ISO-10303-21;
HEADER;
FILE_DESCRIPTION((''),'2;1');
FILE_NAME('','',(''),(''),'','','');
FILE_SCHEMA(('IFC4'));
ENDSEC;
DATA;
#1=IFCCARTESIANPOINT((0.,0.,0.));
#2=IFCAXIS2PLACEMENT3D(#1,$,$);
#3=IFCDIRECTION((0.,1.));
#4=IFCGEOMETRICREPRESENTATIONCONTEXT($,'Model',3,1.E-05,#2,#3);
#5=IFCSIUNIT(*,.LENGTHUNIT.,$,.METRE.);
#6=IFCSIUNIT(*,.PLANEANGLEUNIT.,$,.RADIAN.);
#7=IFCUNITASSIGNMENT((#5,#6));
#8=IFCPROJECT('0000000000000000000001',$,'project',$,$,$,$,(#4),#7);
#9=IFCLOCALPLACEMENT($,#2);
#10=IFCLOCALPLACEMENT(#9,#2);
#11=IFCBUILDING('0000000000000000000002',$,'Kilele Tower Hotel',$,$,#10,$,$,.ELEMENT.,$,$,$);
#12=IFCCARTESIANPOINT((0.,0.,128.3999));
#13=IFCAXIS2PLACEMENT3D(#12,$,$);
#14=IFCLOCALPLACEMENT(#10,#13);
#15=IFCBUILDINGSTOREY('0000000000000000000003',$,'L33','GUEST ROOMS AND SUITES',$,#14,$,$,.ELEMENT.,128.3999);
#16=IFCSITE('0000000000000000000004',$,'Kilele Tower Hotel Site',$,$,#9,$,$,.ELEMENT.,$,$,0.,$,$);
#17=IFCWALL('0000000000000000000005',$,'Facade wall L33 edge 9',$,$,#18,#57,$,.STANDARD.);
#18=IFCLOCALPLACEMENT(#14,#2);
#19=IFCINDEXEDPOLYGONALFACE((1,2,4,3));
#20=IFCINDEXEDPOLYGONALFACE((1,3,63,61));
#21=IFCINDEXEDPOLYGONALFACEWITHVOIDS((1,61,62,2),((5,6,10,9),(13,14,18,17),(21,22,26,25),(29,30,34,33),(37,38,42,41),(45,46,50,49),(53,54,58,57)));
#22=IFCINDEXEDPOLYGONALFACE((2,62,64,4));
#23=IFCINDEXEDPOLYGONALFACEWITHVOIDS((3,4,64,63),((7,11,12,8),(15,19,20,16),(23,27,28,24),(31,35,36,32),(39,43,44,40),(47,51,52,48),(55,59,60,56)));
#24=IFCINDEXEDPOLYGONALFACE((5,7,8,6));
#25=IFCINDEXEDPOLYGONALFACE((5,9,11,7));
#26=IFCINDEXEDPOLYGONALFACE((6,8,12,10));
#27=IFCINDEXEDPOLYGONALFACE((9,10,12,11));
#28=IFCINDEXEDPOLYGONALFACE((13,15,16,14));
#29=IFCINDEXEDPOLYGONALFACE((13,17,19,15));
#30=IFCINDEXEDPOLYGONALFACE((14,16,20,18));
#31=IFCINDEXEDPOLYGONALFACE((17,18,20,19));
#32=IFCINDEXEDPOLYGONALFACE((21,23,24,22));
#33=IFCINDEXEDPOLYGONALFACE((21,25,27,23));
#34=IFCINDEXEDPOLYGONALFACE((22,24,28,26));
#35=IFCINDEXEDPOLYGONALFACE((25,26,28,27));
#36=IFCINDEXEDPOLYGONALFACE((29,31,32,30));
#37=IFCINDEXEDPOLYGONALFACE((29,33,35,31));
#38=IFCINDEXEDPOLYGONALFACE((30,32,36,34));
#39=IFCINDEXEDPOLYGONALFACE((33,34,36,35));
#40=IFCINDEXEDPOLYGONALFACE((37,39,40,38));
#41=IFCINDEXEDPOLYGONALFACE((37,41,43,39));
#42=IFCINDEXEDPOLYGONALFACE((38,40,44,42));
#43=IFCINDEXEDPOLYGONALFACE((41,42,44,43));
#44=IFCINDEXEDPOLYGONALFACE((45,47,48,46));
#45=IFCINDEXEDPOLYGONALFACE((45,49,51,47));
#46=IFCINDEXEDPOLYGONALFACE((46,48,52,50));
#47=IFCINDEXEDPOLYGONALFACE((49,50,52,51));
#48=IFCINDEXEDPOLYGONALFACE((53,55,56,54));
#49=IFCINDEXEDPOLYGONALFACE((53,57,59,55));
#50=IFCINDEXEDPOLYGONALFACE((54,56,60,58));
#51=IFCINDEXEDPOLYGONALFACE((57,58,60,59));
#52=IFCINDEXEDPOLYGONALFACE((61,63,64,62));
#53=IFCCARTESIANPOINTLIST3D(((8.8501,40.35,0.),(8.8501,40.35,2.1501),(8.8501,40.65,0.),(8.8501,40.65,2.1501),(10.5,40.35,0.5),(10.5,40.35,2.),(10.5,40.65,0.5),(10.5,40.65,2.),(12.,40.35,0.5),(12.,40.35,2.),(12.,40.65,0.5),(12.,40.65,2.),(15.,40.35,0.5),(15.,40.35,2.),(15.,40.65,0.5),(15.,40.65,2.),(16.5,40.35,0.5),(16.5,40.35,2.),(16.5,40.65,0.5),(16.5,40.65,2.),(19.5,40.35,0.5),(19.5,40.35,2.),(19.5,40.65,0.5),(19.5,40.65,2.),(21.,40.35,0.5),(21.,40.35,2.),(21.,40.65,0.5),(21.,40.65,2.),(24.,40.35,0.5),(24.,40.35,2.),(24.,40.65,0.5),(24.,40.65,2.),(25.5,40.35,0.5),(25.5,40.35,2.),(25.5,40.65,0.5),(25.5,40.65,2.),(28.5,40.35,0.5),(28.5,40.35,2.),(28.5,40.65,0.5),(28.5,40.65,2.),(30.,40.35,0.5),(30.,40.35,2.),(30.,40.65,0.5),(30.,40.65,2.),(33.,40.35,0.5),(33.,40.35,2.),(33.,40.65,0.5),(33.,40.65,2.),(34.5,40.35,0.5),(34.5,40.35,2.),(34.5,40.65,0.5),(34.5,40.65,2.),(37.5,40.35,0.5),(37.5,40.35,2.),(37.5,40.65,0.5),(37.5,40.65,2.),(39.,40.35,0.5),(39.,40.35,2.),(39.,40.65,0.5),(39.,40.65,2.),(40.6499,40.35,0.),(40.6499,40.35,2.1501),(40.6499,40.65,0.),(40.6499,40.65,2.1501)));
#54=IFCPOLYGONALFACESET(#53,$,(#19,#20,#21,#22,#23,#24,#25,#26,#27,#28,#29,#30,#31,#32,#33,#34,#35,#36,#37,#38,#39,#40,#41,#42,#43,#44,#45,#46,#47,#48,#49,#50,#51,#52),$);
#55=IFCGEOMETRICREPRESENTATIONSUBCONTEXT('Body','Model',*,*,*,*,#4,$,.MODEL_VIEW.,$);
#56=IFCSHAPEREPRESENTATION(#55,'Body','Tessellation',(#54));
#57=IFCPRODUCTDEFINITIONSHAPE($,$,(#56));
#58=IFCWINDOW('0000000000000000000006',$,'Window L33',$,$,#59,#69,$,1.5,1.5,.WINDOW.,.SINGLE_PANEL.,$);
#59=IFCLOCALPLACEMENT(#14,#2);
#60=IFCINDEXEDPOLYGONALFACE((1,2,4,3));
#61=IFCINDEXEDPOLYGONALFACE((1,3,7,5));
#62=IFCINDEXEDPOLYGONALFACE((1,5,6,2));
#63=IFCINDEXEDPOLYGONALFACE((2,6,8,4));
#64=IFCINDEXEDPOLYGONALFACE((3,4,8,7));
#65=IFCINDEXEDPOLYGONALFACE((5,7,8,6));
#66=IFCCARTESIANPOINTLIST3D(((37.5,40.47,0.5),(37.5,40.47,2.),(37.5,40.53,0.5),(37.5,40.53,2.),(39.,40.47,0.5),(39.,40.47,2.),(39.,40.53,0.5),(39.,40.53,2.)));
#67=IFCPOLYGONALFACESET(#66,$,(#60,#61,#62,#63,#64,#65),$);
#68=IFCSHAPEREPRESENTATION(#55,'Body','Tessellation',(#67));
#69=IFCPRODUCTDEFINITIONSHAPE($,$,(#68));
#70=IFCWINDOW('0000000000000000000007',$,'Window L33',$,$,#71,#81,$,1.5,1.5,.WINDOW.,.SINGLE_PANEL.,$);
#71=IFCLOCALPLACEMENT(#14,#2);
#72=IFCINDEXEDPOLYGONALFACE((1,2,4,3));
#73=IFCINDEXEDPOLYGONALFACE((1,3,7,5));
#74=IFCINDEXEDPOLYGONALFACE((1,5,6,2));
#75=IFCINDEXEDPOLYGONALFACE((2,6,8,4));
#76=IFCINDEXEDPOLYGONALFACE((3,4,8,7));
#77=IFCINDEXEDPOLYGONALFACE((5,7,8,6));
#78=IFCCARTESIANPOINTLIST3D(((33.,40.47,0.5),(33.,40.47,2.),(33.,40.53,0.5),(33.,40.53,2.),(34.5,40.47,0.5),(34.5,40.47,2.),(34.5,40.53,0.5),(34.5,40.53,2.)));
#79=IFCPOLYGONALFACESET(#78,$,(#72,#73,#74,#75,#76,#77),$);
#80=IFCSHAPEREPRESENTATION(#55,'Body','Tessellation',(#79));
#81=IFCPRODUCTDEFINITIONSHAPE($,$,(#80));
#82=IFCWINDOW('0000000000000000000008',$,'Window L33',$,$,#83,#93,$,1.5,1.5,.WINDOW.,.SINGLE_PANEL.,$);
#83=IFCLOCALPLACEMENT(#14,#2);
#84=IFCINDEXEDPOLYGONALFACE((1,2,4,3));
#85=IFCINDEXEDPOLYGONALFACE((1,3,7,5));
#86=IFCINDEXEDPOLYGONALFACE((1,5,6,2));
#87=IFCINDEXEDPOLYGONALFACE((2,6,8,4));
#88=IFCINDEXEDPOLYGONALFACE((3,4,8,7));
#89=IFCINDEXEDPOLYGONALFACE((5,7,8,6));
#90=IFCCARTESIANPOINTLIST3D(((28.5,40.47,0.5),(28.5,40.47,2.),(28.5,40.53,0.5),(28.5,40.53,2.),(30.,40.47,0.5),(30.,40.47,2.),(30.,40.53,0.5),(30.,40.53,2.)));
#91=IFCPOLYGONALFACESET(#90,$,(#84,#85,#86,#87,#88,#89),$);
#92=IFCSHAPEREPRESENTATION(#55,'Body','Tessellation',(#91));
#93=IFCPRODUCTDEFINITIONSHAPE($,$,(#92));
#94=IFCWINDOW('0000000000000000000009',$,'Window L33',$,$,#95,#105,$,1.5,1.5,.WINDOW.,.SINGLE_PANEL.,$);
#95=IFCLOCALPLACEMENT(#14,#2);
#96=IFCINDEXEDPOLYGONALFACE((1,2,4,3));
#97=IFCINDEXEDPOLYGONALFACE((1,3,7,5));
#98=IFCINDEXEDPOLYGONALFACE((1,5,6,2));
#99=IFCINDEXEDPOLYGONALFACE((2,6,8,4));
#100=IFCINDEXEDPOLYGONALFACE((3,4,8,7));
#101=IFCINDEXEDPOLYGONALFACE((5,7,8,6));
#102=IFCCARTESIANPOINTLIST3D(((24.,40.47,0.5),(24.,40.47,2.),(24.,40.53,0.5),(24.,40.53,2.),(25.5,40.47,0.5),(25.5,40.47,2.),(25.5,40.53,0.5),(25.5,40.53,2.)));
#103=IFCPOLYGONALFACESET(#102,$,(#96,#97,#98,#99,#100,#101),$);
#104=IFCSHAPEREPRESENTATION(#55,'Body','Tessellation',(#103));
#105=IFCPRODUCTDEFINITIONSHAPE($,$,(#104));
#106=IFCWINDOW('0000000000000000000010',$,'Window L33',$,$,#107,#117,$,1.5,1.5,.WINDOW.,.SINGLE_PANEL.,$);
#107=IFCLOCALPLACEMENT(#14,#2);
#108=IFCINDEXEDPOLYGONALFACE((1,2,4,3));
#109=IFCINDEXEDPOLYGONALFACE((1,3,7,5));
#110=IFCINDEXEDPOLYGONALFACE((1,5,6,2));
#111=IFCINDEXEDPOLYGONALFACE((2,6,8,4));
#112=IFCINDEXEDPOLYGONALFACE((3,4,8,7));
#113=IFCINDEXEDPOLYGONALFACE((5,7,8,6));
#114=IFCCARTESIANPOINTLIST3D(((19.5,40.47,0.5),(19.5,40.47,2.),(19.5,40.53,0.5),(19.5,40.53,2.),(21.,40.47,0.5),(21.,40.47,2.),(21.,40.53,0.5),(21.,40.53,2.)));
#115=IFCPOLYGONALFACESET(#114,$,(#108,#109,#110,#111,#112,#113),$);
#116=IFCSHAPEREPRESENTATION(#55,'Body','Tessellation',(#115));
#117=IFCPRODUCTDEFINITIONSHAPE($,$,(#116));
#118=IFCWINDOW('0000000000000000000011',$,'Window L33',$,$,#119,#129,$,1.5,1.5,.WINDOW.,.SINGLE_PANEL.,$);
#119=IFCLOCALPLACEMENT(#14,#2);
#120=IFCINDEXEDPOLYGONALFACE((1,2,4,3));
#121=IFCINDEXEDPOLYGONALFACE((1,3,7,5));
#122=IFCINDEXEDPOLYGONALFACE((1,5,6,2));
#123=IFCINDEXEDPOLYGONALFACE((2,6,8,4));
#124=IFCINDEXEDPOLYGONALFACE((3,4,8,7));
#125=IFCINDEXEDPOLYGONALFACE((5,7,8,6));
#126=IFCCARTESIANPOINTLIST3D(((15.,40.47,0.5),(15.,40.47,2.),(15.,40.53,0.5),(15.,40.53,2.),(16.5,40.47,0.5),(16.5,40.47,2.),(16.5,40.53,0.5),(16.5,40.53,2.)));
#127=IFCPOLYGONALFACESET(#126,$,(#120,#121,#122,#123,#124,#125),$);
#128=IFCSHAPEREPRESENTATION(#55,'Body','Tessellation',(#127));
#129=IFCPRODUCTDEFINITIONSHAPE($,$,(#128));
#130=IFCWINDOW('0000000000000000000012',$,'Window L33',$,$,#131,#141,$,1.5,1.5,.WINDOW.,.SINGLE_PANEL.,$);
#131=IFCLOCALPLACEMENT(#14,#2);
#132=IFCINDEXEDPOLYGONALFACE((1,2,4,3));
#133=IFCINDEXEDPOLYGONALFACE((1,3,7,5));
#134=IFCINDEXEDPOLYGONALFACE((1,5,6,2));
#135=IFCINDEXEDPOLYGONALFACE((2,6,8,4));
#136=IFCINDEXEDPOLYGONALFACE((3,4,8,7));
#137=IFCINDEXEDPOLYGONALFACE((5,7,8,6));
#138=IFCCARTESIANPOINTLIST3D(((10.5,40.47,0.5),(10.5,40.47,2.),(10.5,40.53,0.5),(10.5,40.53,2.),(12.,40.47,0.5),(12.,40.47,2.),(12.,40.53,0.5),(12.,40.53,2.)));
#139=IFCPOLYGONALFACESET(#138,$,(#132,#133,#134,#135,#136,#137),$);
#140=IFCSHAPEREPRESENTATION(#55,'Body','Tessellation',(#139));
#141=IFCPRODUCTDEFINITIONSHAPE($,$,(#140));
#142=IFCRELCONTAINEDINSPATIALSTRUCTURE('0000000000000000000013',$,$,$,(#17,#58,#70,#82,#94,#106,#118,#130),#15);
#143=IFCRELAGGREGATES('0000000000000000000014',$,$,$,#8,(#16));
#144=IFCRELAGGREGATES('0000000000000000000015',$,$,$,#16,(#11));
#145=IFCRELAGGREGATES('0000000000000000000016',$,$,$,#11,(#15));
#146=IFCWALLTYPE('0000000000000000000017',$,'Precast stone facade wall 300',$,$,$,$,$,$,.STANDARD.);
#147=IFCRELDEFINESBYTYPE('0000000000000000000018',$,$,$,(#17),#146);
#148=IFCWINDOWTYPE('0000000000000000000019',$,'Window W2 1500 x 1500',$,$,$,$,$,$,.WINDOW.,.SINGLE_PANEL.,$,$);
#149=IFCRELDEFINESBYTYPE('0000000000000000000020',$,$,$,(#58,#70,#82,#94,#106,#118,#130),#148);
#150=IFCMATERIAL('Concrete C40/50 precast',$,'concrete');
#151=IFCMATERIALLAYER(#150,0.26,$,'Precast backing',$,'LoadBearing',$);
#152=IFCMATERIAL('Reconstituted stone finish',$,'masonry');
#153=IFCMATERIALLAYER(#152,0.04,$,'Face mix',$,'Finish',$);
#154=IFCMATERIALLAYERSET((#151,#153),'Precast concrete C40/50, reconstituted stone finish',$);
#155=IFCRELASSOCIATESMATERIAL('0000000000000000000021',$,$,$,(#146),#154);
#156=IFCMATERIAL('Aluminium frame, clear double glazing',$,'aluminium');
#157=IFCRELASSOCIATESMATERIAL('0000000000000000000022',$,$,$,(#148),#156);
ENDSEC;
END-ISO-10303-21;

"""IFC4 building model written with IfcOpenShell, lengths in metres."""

from ifc_helpers import new_model, si_unit, direction, frame, frame_2d, origin, place, context, subcontext, project, spatial, rectangle, extrude, material, layer, layer_set, type_object, element, fill, save


model = new_model("IFC4")

# Units and contexts
model_context = context("Model", 3, precision=1e-05, world=origin(), true_north=direction((0.0, 1.0)))
body_context = subcontext(model_context, "Body", "Model", "MODEL_VIEW")
ifc_project = project(units=[si_unit("LENGTHUNIT", "METRE"), si_unit("PLANEANGLEUNIT", "RADIAN")], contexts=[model_context])

# Site, building, storey
site_placement = place(None, origin())
site = spatial("IfcSite", under=ifc_project, at=site_placement, Name="Kilele Tower Hotel Site", CompositionType="ELEMENT", RefElevation=0.0)
building_placement = place(site_placement, origin())
building = spatial("IfcBuilding", under=site, at=building_placement, Name="Kilele Tower Hotel", CompositionType="ELEMENT")
storey_placement = place(building_placement, frame((0.0, 0.0, 128.3999)))
storey = spatial("IfcBuildingStorey", under=building, at=storey_placement, Name="L33", Description="GUEST ROOMS AND SUITES", CompositionType="ELEMENT", Elevation=128.3999)

# Shared definitions
ifc_material_1 = material(Name="Concrete C40/50 precast", Category="concrete")
ifc_layer_1 = layer(ifc_material_1, 0.26, Name="Precast backing", Category="LoadBearing")
ifc_material_2 = material(Name="Reconstituted stone finish", Category="masonry")
ifc_layer_2 = layer(ifc_material_2, 0.04, Name="Face mix", Category="Finish")
ifc_layer_set_1 = layer_set([ifc_layer_1, ifc_layer_2], Name="Precast concrete C40/50, reconstituted stone finish")
wall_type_1 = type_object("IfcWallType", Name="Precast stone facade wall 300", PredefinedType="STANDARD", material=ifc_layer_set_1)
ifc_material_3 = material(Name="Aluminium frame, clear double glazing", Category="aluminium")
window_type_1 = type_object("IfcWindowType", Name="Window W2 1500 x 1500", PartitioningType="SINGLE_PANEL", PredefinedType="WINDOW", material=ifc_material_3)

# Wall, openings, windows
wall_1_placement = place(storey_placement, frame((40.6499, 40.5, 0.0), z_axis=(0.0, 0.0, 1.0), x_axis=(-1.0, 0.0, 0.0)))
wall_1 = element("IfcWall", 1, at=wall_1_placement, inside=storey, type_object=wall_type_1, Name="Facade wall L33 edge 9", PredefinedType="STANDARD", context=body_context, shape_type="SweptSolid", body=[
    extrude(rectangle(XDim=31.7998, YDim=0.3, at=frame_2d((15.8999, 0.0))), origin(), (0.0, 0.0, 1.0), 2.1501),
])
opening_1_placement = place(wall_1_placement, frame((1.6499, 0.0, 0.5)))
opening_1 = element("IfcOpeningElement", 2, at=opening_1_placement, cuts=wall_1, PredefinedType="OPENING", context=body_context, shape_type="SweptSolid", body=[
    extrude(rectangle(XDim=1.5, YDim=1.5, at=frame_2d((0.75, 0.75))), frame((0.0, 0.1599, 0.0), z_axis=(0.0, -1.0, 0.0), x_axis=(1.0, 0.0, 0.0)), (0.0, 0.0, 1.0), 0.3201),
])
opening_2_placement = place(wall_1_placement, frame((6.1499, 0.0, 0.5)))
opening_2 = element("IfcOpeningElement", 3, at=opening_2_placement, cuts=wall_1, PredefinedType="OPENING", context=body_context, shape_type="SweptSolid", body=[
    extrude(rectangle(XDim=1.5, YDim=1.5, at=frame_2d((0.75, 0.75))), frame((0.0, 0.1599, 0.0), z_axis=(0.0, -1.0, 0.0), x_axis=(1.0, 0.0, 0.0)), (0.0, 0.0, 1.0), 0.3201),
])
opening_3_placement = place(wall_1_placement, frame((10.6499, 0.0, 0.5)))
opening_3 = element("IfcOpeningElement", 4, at=opening_3_placement, cuts=wall_1, PredefinedType="OPENING", context=body_context, shape_type="SweptSolid", body=[
    extrude(rectangle(XDim=1.5, YDim=1.5, at=frame_2d((0.75, 0.75))), frame((0.0, 0.1599, 0.0), z_axis=(0.0, -1.0, 0.0), x_axis=(1.0, 0.0, 0.0)), (0.0, 0.0, 1.0), 0.3201),
])
opening_4_placement = place(wall_1_placement, frame((15.1499, 0.0, 0.5)))
opening_4 = element("IfcOpeningElement", 5, at=opening_4_placement, cuts=wall_1, PredefinedType="OPENING", context=body_context, shape_type="SweptSolid", body=[
    extrude(rectangle(XDim=1.5, YDim=1.5, at=frame_2d((0.75, 0.75))), frame((0.0, 0.1599, 0.0), z_axis=(0.0, -1.0, 0.0), x_axis=(1.0, 0.0, 0.0)), (0.0, 0.0, 1.0), 0.3201),
])
opening_5_placement = place(wall_1_placement, frame((19.6499, 0.0, 0.5)))
opening_5 = element("IfcOpeningElement", 6, at=opening_5_placement, cuts=wall_1, PredefinedType="OPENING", context=body_context, shape_type="SweptSolid", body=[
    extrude(rectangle(XDim=1.5, YDim=1.5, at=frame_2d((0.75, 0.75))), frame((0.0, 0.1599, 0.0), z_axis=(0.0, -1.0, 0.0), x_axis=(1.0, 0.0, 0.0)), (0.0, 0.0, 1.0), 0.3201),
])
opening_6_placement = place(wall_1_placement, frame((24.1499, 0.0, 0.5)))
opening_6 = element("IfcOpeningElement", 7, at=opening_6_placement, cuts=wall_1, PredefinedType="OPENING", context=body_context, shape_type="SweptSolid", body=[
    extrude(rectangle(XDim=1.5, YDim=1.5, at=frame_2d((0.75, 0.75))), frame((0.0, 0.1599, 0.0), z_axis=(0.0, -1.0, 0.0), x_axis=(1.0, 0.0, 0.0)), (0.0, 0.0, 1.0), 0.3201),
])
opening_7_placement = place(wall_1_placement, frame((28.6499, 0.0, 0.5)))
opening_7 = element("IfcOpeningElement", 8, at=opening_7_placement, cuts=wall_1, PredefinedType="OPENING", context=body_context, shape_type="SweptSolid", body=[
    extrude(rectangle(XDim=1.5, YDim=1.5, at=frame_2d((0.75, 0.75))), frame((0.0, 0.1599, 0.0), z_axis=(0.0, -1.0, 0.0), x_axis=(1.0, 0.0, 0.0)), (0.0, 0.0, 1.0), 0.3201),
])
window_1_placement = place(opening_1_placement, origin())
window_1 = element("IfcWindow", 9, at=window_1_placement, inside=storey, type_object=window_type_1, Name="Window L33", OverallHeight=1.5, OverallWidth=1.5, PartitioningType="SINGLE_PANEL", PredefinedType="WINDOW", context=body_context, shape_type="SweptSolid", body=[
    extrude(rectangle(XDim=1.5, YDim=1.5, at=frame_2d((0.75, 0.75))), frame((0.0, 0.03, 0.0), z_axis=(0.0, -1.0, 0.0), x_axis=(1.0, 0.0, 0.0)), (0.0, 0.0, 1.0), 0.0601),
])
fill(opening_1, window_1)
window_2_placement = place(opening_2_placement, origin())
window_2 = element("IfcWindow", 10, at=window_2_placement, inside=storey, type_object=window_type_1, Name="Window L33", OverallHeight=1.5, OverallWidth=1.5, PartitioningType="SINGLE_PANEL", PredefinedType="WINDOW", context=body_context, shape_type="SweptSolid", body=[
    extrude(rectangle(XDim=1.5, YDim=1.5, at=frame_2d((0.75, 0.75))), frame((0.0, 0.03, 0.0), z_axis=(0.0, -1.0, 0.0), x_axis=(1.0, 0.0, 0.0)), (0.0, 0.0, 1.0), 0.0601),
])
fill(opening_2, window_2)
window_3_placement = place(opening_3_placement, origin())
window_3 = element("IfcWindow", 11, at=window_3_placement, inside=storey, type_object=window_type_1, Name="Window L33", OverallHeight=1.5, OverallWidth=1.5, PartitioningType="SINGLE_PANEL", PredefinedType="WINDOW", context=body_context, shape_type="SweptSolid", body=[
    extrude(rectangle(XDim=1.5, YDim=1.5, at=frame_2d((0.75, 0.75))), frame((0.0, 0.03, 0.0), z_axis=(0.0, -1.0, 0.0), x_axis=(1.0, 0.0, 0.0)), (0.0, 0.0, 1.0), 0.0601),
])
fill(opening_3, window_3)
window_4_placement = place(opening_4_placement, origin())
window_4 = element("IfcWindow", 12, at=window_4_placement, inside=storey, type_object=window_type_1, Name="Window L33", OverallHeight=1.5, OverallWidth=1.5, PartitioningType="SINGLE_PANEL", PredefinedType="WINDOW", context=body_context, shape_type="SweptSolid", body=[
    extrude(rectangle(XDim=1.5, YDim=1.5, at=frame_2d((0.75, 0.75))), frame((0.0, 0.03, 0.0), z_axis=(0.0, -1.0, 0.0), x_axis=(1.0, 0.0, 0.0)), (0.0, 0.0, 1.0), 0.0601),
])
fill(opening_4, window_4)
window_5_placement = place(opening_5_placement, origin())
window_5 = element("IfcWindow", 13, at=window_5_placement, inside=storey, type_object=window_type_1, Name="Window L33", OverallHeight=1.5, OverallWidth=1.5, PartitioningType="SINGLE_PANEL", PredefinedType="WINDOW", context=body_context, shape_type="SweptSolid", body=[
    extrude(rectangle(XDim=1.5, YDim=1.5, at=frame_2d((0.75, 0.75))), frame((0.0, 0.03, 0.0), z_axis=(0.0, -1.0, 0.0), x_axis=(1.0, 0.0, 0.0)), (0.0, 0.0, 1.0), 0.0601),
])
fill(opening_5, window_5)
window_6_placement = place(opening_6_placement, origin())
window_6 = element("IfcWindow", 14, at=window_6_placement, inside=storey, type_object=window_type_1, Name="Window L33", OverallHeight=1.5, OverallWidth=1.5, PartitioningType="SINGLE_PANEL", PredefinedType="WINDOW", context=body_context, shape_type="SweptSolid", body=[
    extrude(rectangle(XDim=1.5, YDim=1.5, at=frame_2d((0.75, 0.75))), frame((0.0, 0.03, 0.0), z_axis=(0.0, -1.0, 0.0), x_axis=(1.0, 0.0, 0.0)), (0.0, 0.0, 1.0), 0.0601),
])
fill(opening_6, window_6)
window_7_placement = place(opening_7_placement, origin())
window_7 = element("IfcWindow", 15, at=window_7_placement, inside=storey, type_object=window_type_1, Name="Window L33", OverallHeight=1.5, OverallWidth=1.5, PartitioningType="SINGLE_PANEL", PredefinedType="WINDOW", context=body_context, shape_type="SweptSolid", body=[
    extrude(rectangle(XDim=1.5, YDim=1.5, at=frame_2d((0.75, 0.75))), frame((0.0, 0.03, 0.0), z_axis=(0.0, -1.0, 0.0), x_axis=(1.0, 0.0, 0.0)), (0.0, 0.0, 1.0), 0.0601),
])
fill(opening_7, window_7)

save(model, "model.ifc")
